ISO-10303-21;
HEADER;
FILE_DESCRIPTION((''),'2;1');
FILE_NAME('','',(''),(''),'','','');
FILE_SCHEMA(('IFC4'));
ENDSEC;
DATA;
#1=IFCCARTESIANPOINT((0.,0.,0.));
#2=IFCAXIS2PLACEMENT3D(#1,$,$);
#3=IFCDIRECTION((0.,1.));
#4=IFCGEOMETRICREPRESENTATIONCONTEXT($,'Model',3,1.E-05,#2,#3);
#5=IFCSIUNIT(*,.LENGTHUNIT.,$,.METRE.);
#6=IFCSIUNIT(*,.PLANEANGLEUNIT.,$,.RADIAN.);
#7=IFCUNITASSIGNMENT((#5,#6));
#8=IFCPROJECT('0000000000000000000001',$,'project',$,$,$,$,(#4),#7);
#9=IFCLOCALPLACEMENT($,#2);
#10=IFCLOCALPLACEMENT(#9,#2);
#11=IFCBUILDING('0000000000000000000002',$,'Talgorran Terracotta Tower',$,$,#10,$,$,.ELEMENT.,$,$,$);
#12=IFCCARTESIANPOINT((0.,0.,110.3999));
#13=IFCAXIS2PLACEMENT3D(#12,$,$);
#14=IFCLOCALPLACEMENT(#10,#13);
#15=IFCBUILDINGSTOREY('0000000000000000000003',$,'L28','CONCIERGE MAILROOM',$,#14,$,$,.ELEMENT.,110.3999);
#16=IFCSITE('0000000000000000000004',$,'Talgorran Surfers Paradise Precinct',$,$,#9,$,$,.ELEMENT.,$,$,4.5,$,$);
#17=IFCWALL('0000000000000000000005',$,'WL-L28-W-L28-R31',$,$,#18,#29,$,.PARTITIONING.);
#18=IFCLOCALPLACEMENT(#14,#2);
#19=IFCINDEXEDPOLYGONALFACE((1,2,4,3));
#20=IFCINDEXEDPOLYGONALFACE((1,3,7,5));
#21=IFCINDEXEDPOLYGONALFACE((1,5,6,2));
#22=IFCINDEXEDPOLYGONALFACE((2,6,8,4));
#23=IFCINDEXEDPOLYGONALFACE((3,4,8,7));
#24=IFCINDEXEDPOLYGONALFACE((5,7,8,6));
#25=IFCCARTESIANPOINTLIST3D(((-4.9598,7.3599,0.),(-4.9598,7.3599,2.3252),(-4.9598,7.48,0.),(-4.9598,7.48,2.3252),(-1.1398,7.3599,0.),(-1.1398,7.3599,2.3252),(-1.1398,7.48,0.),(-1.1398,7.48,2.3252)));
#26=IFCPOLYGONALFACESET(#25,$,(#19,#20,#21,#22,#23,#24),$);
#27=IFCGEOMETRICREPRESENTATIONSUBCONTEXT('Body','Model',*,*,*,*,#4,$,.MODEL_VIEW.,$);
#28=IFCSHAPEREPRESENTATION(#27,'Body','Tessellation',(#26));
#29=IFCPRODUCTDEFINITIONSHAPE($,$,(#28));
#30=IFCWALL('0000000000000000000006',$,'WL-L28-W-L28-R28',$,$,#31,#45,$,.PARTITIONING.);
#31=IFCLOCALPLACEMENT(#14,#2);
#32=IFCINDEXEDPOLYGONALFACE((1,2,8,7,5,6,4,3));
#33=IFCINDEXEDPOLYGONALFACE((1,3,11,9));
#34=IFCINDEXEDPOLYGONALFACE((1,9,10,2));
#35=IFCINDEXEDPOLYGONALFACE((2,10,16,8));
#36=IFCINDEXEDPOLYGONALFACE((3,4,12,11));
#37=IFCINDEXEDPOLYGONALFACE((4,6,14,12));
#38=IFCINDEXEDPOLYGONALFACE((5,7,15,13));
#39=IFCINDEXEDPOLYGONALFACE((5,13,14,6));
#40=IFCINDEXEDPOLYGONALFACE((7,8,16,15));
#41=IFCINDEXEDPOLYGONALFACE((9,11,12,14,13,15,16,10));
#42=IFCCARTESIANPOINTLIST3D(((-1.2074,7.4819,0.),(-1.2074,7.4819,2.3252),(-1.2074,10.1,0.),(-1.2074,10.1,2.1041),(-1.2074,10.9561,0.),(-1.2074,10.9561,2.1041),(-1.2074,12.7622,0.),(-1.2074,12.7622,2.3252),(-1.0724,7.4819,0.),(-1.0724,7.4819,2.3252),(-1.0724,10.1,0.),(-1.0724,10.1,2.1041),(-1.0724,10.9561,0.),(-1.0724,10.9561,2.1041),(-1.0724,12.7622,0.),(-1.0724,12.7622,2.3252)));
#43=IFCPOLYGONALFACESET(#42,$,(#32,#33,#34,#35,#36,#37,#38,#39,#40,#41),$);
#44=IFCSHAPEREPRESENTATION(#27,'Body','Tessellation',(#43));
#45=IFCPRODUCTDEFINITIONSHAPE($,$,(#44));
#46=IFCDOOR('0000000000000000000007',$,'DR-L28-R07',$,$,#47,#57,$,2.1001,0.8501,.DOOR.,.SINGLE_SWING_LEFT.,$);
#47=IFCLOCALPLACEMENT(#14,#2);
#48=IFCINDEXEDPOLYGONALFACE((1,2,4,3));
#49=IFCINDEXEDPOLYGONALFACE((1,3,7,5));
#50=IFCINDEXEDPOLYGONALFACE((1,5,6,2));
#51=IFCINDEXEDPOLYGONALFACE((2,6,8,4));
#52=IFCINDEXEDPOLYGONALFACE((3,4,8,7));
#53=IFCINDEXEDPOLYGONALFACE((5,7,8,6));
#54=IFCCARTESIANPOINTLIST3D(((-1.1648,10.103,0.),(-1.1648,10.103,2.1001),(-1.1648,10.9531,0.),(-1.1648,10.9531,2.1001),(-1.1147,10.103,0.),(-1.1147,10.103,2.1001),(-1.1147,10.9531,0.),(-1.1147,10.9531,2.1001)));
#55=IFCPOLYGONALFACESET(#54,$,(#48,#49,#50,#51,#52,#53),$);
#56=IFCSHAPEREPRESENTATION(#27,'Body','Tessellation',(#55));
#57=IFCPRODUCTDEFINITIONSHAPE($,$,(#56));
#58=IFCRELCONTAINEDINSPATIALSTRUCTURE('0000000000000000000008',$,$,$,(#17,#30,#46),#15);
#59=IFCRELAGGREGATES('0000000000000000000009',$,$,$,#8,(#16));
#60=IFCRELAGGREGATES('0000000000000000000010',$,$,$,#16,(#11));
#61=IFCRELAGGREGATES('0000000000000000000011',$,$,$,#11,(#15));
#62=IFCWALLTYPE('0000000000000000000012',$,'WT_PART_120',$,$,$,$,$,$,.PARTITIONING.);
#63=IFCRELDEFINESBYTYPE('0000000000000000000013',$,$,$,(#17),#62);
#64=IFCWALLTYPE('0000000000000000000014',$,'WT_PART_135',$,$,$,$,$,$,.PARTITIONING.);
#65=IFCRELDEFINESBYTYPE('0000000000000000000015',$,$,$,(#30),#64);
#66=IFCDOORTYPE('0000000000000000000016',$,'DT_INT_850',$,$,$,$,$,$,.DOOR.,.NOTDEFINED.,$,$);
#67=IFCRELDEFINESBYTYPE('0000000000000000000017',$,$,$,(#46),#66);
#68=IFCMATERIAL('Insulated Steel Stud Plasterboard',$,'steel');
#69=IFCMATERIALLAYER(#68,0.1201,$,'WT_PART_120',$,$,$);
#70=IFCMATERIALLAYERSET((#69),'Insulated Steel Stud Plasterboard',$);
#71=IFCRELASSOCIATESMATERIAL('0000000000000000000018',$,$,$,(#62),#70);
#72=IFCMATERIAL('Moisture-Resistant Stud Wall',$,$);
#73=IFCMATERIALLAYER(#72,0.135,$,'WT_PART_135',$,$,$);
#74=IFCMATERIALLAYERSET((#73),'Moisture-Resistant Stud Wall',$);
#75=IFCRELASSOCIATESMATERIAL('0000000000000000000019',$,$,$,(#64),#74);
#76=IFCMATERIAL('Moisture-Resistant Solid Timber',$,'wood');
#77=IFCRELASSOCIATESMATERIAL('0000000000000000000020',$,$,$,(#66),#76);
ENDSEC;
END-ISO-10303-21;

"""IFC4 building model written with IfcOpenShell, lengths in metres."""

from ifc_helpers import new_model, si_unit, direction, frame, frame_2d, origin, place, context, subcontext, project, spatial, rectangle, extrude, material, layer, layer_set, type_object, element, fill, save


model = new_model("IFC4")

# Units and contexts
model_context = context("Model", 3, precision=1e-05, world=origin(), true_north=direction((0.0, 1.0)))
body_context = subcontext(model_context, "Body", "Model", "MODEL_VIEW")
ifc_project = project(units=[si_unit("LENGTHUNIT", "METRE"), si_unit("PLANEANGLEUNIT", "RADIAN")], contexts=[model_context])

# Site, building, storey
site_placement = place(None, origin())
site = spatial("IfcSite", under=ifc_project, at=site_placement, Name="Talgorran Surfers Paradise Precinct", CompositionType="ELEMENT", RefElevation=4.5)
building_placement = place(site_placement, origin())
building = spatial("IfcBuilding", under=site, at=building_placement, Name="Talgorran Terracotta Tower", CompositionType="ELEMENT")
storey_placement = place(building_placement, frame((0.0, 0.0, 110.3999)))
storey = spatial("IfcBuildingStorey", under=building, at=storey_placement, Name="L28", Description="CONCIERGE MAILROOM", CompositionType="ELEMENT", Elevation=110.3999)

# Shared definitions
ifc_material_1 = material(Name="Insulated Steel Stud Plasterboard", Category="steel")
ifc_layer_1 = layer(ifc_material_1, 0.1201, Name="WT_PART_120")
ifc_layer_set_1 = layer_set([ifc_layer_1], Name="Insulated Steel Stud Plasterboard")
wall_type_1 = type_object("IfcWallType", Name="WT_PART_120", PredefinedType="PARTITIONING", material=ifc_layer_set_1)

# Wall
wall_1_placement = place(storey_placement, frame((-4.96, 7.4199, 0.0), z_axis=(0.0, 0.0, 1.0), x_axis=(1.0, 0.0, 0.0)))
element("IfcWall", 1, at=wall_1_placement, inside=storey, type_object=wall_type_1, Name="WL-L28-W-L28-R31", PredefinedType="PARTITIONING", context=body_context, shape_type="SweptSolid", body=[
    extrude(rectangle(XDim=3.8201, YDim=0.1201, at=frame_2d((1.9102, 0.0))), origin(), (0.0, 0.0, 1.0), 2.3252),
])

# Wall, opening, door
ifc_material_2 = material(Name="Moisture-Resistant Stud Wall")
ifc_layer_2 = layer(ifc_material_2, 0.135, Name="WT_PART_135")
ifc_layer_set_2 = layer_set([ifc_layer_2], Name="Moisture-Resistant Stud Wall")
wall_type_2 = type_object("IfcWallType", Name="WT_PART_135", PredefinedType="PARTITIONING", material=ifc_layer_set_2)
wall_2_placement = place(storey_placement, frame((-1.1399, 7.4819, 0.0), z_axis=(0.0, 0.0, 1.0), x_axis=(0.0, 1.0, 0.0)))
wall_2 = element("IfcWall", 2, at=wall_2_placement, inside=storey, type_object=wall_type_2, Name="WL-L28-W-L28-R28", PredefinedType="PARTITIONING", context=body_context, shape_type="SweptSolid", body=[
    extrude(rectangle(XDim=5.2803, YDim=0.135, at=frame_2d((2.6401, 0.0))), origin(), (0.0, 0.0, 1.0), 2.3252),
])
opening_1_placement = place(wall_2_placement, frame((2.6211, 0.0, 0.0)))
opening_1 = element("IfcOpeningElement", 3, at=opening_1_placement, cuts=wall_2, PredefinedType="OPENING", context=body_context, shape_type="SweptSolid", body=[
    extrude(rectangle(XDim=0.8561, YDim=2.1041, at=frame_2d((0.425, 1.052))), frame((0.0, 0.0776, 0.0), z_axis=(0.0, -1.0, 0.0), x_axis=(1.0, 0.0, 0.0)), (0.0, 0.0, 1.0), 0.155),
])
ifc_material_3 = material(Name="Moisture-Resistant Solid Timber", Category="wood")
door_type_1 = type_object("IfcDoorType", Name="DT_INT_850", OperationType="NOTDEFINED", PredefinedType="DOOR", material=ifc_material_3)
door_1_placement = place(opening_1_placement, origin())
door_1 = element("IfcDoor", 4, at=door_1_placement, inside=storey, type_object=door_type_1, Name="DR-L28-R07", OperationType="SINGLE_SWING_LEFT", OverallHeight=2.1001, OverallWidth=0.8501, PredefinedType="DOOR", context=body_context, shape_type="SweptSolid", body=[
    extrude(rectangle(XDim=0.8501, YDim=2.1001, at=frame_2d((0.425, 1.05))), frame((0.0, 0.0249, 0.0), z_axis=(0.0, -1.0, 0.0), x_axis=(1.0, 0.0, 0.0)), (0.0, 0.0, 1.0), 0.05),
])
fill(opening_1, door_1)

save(model, "model.ifc")
